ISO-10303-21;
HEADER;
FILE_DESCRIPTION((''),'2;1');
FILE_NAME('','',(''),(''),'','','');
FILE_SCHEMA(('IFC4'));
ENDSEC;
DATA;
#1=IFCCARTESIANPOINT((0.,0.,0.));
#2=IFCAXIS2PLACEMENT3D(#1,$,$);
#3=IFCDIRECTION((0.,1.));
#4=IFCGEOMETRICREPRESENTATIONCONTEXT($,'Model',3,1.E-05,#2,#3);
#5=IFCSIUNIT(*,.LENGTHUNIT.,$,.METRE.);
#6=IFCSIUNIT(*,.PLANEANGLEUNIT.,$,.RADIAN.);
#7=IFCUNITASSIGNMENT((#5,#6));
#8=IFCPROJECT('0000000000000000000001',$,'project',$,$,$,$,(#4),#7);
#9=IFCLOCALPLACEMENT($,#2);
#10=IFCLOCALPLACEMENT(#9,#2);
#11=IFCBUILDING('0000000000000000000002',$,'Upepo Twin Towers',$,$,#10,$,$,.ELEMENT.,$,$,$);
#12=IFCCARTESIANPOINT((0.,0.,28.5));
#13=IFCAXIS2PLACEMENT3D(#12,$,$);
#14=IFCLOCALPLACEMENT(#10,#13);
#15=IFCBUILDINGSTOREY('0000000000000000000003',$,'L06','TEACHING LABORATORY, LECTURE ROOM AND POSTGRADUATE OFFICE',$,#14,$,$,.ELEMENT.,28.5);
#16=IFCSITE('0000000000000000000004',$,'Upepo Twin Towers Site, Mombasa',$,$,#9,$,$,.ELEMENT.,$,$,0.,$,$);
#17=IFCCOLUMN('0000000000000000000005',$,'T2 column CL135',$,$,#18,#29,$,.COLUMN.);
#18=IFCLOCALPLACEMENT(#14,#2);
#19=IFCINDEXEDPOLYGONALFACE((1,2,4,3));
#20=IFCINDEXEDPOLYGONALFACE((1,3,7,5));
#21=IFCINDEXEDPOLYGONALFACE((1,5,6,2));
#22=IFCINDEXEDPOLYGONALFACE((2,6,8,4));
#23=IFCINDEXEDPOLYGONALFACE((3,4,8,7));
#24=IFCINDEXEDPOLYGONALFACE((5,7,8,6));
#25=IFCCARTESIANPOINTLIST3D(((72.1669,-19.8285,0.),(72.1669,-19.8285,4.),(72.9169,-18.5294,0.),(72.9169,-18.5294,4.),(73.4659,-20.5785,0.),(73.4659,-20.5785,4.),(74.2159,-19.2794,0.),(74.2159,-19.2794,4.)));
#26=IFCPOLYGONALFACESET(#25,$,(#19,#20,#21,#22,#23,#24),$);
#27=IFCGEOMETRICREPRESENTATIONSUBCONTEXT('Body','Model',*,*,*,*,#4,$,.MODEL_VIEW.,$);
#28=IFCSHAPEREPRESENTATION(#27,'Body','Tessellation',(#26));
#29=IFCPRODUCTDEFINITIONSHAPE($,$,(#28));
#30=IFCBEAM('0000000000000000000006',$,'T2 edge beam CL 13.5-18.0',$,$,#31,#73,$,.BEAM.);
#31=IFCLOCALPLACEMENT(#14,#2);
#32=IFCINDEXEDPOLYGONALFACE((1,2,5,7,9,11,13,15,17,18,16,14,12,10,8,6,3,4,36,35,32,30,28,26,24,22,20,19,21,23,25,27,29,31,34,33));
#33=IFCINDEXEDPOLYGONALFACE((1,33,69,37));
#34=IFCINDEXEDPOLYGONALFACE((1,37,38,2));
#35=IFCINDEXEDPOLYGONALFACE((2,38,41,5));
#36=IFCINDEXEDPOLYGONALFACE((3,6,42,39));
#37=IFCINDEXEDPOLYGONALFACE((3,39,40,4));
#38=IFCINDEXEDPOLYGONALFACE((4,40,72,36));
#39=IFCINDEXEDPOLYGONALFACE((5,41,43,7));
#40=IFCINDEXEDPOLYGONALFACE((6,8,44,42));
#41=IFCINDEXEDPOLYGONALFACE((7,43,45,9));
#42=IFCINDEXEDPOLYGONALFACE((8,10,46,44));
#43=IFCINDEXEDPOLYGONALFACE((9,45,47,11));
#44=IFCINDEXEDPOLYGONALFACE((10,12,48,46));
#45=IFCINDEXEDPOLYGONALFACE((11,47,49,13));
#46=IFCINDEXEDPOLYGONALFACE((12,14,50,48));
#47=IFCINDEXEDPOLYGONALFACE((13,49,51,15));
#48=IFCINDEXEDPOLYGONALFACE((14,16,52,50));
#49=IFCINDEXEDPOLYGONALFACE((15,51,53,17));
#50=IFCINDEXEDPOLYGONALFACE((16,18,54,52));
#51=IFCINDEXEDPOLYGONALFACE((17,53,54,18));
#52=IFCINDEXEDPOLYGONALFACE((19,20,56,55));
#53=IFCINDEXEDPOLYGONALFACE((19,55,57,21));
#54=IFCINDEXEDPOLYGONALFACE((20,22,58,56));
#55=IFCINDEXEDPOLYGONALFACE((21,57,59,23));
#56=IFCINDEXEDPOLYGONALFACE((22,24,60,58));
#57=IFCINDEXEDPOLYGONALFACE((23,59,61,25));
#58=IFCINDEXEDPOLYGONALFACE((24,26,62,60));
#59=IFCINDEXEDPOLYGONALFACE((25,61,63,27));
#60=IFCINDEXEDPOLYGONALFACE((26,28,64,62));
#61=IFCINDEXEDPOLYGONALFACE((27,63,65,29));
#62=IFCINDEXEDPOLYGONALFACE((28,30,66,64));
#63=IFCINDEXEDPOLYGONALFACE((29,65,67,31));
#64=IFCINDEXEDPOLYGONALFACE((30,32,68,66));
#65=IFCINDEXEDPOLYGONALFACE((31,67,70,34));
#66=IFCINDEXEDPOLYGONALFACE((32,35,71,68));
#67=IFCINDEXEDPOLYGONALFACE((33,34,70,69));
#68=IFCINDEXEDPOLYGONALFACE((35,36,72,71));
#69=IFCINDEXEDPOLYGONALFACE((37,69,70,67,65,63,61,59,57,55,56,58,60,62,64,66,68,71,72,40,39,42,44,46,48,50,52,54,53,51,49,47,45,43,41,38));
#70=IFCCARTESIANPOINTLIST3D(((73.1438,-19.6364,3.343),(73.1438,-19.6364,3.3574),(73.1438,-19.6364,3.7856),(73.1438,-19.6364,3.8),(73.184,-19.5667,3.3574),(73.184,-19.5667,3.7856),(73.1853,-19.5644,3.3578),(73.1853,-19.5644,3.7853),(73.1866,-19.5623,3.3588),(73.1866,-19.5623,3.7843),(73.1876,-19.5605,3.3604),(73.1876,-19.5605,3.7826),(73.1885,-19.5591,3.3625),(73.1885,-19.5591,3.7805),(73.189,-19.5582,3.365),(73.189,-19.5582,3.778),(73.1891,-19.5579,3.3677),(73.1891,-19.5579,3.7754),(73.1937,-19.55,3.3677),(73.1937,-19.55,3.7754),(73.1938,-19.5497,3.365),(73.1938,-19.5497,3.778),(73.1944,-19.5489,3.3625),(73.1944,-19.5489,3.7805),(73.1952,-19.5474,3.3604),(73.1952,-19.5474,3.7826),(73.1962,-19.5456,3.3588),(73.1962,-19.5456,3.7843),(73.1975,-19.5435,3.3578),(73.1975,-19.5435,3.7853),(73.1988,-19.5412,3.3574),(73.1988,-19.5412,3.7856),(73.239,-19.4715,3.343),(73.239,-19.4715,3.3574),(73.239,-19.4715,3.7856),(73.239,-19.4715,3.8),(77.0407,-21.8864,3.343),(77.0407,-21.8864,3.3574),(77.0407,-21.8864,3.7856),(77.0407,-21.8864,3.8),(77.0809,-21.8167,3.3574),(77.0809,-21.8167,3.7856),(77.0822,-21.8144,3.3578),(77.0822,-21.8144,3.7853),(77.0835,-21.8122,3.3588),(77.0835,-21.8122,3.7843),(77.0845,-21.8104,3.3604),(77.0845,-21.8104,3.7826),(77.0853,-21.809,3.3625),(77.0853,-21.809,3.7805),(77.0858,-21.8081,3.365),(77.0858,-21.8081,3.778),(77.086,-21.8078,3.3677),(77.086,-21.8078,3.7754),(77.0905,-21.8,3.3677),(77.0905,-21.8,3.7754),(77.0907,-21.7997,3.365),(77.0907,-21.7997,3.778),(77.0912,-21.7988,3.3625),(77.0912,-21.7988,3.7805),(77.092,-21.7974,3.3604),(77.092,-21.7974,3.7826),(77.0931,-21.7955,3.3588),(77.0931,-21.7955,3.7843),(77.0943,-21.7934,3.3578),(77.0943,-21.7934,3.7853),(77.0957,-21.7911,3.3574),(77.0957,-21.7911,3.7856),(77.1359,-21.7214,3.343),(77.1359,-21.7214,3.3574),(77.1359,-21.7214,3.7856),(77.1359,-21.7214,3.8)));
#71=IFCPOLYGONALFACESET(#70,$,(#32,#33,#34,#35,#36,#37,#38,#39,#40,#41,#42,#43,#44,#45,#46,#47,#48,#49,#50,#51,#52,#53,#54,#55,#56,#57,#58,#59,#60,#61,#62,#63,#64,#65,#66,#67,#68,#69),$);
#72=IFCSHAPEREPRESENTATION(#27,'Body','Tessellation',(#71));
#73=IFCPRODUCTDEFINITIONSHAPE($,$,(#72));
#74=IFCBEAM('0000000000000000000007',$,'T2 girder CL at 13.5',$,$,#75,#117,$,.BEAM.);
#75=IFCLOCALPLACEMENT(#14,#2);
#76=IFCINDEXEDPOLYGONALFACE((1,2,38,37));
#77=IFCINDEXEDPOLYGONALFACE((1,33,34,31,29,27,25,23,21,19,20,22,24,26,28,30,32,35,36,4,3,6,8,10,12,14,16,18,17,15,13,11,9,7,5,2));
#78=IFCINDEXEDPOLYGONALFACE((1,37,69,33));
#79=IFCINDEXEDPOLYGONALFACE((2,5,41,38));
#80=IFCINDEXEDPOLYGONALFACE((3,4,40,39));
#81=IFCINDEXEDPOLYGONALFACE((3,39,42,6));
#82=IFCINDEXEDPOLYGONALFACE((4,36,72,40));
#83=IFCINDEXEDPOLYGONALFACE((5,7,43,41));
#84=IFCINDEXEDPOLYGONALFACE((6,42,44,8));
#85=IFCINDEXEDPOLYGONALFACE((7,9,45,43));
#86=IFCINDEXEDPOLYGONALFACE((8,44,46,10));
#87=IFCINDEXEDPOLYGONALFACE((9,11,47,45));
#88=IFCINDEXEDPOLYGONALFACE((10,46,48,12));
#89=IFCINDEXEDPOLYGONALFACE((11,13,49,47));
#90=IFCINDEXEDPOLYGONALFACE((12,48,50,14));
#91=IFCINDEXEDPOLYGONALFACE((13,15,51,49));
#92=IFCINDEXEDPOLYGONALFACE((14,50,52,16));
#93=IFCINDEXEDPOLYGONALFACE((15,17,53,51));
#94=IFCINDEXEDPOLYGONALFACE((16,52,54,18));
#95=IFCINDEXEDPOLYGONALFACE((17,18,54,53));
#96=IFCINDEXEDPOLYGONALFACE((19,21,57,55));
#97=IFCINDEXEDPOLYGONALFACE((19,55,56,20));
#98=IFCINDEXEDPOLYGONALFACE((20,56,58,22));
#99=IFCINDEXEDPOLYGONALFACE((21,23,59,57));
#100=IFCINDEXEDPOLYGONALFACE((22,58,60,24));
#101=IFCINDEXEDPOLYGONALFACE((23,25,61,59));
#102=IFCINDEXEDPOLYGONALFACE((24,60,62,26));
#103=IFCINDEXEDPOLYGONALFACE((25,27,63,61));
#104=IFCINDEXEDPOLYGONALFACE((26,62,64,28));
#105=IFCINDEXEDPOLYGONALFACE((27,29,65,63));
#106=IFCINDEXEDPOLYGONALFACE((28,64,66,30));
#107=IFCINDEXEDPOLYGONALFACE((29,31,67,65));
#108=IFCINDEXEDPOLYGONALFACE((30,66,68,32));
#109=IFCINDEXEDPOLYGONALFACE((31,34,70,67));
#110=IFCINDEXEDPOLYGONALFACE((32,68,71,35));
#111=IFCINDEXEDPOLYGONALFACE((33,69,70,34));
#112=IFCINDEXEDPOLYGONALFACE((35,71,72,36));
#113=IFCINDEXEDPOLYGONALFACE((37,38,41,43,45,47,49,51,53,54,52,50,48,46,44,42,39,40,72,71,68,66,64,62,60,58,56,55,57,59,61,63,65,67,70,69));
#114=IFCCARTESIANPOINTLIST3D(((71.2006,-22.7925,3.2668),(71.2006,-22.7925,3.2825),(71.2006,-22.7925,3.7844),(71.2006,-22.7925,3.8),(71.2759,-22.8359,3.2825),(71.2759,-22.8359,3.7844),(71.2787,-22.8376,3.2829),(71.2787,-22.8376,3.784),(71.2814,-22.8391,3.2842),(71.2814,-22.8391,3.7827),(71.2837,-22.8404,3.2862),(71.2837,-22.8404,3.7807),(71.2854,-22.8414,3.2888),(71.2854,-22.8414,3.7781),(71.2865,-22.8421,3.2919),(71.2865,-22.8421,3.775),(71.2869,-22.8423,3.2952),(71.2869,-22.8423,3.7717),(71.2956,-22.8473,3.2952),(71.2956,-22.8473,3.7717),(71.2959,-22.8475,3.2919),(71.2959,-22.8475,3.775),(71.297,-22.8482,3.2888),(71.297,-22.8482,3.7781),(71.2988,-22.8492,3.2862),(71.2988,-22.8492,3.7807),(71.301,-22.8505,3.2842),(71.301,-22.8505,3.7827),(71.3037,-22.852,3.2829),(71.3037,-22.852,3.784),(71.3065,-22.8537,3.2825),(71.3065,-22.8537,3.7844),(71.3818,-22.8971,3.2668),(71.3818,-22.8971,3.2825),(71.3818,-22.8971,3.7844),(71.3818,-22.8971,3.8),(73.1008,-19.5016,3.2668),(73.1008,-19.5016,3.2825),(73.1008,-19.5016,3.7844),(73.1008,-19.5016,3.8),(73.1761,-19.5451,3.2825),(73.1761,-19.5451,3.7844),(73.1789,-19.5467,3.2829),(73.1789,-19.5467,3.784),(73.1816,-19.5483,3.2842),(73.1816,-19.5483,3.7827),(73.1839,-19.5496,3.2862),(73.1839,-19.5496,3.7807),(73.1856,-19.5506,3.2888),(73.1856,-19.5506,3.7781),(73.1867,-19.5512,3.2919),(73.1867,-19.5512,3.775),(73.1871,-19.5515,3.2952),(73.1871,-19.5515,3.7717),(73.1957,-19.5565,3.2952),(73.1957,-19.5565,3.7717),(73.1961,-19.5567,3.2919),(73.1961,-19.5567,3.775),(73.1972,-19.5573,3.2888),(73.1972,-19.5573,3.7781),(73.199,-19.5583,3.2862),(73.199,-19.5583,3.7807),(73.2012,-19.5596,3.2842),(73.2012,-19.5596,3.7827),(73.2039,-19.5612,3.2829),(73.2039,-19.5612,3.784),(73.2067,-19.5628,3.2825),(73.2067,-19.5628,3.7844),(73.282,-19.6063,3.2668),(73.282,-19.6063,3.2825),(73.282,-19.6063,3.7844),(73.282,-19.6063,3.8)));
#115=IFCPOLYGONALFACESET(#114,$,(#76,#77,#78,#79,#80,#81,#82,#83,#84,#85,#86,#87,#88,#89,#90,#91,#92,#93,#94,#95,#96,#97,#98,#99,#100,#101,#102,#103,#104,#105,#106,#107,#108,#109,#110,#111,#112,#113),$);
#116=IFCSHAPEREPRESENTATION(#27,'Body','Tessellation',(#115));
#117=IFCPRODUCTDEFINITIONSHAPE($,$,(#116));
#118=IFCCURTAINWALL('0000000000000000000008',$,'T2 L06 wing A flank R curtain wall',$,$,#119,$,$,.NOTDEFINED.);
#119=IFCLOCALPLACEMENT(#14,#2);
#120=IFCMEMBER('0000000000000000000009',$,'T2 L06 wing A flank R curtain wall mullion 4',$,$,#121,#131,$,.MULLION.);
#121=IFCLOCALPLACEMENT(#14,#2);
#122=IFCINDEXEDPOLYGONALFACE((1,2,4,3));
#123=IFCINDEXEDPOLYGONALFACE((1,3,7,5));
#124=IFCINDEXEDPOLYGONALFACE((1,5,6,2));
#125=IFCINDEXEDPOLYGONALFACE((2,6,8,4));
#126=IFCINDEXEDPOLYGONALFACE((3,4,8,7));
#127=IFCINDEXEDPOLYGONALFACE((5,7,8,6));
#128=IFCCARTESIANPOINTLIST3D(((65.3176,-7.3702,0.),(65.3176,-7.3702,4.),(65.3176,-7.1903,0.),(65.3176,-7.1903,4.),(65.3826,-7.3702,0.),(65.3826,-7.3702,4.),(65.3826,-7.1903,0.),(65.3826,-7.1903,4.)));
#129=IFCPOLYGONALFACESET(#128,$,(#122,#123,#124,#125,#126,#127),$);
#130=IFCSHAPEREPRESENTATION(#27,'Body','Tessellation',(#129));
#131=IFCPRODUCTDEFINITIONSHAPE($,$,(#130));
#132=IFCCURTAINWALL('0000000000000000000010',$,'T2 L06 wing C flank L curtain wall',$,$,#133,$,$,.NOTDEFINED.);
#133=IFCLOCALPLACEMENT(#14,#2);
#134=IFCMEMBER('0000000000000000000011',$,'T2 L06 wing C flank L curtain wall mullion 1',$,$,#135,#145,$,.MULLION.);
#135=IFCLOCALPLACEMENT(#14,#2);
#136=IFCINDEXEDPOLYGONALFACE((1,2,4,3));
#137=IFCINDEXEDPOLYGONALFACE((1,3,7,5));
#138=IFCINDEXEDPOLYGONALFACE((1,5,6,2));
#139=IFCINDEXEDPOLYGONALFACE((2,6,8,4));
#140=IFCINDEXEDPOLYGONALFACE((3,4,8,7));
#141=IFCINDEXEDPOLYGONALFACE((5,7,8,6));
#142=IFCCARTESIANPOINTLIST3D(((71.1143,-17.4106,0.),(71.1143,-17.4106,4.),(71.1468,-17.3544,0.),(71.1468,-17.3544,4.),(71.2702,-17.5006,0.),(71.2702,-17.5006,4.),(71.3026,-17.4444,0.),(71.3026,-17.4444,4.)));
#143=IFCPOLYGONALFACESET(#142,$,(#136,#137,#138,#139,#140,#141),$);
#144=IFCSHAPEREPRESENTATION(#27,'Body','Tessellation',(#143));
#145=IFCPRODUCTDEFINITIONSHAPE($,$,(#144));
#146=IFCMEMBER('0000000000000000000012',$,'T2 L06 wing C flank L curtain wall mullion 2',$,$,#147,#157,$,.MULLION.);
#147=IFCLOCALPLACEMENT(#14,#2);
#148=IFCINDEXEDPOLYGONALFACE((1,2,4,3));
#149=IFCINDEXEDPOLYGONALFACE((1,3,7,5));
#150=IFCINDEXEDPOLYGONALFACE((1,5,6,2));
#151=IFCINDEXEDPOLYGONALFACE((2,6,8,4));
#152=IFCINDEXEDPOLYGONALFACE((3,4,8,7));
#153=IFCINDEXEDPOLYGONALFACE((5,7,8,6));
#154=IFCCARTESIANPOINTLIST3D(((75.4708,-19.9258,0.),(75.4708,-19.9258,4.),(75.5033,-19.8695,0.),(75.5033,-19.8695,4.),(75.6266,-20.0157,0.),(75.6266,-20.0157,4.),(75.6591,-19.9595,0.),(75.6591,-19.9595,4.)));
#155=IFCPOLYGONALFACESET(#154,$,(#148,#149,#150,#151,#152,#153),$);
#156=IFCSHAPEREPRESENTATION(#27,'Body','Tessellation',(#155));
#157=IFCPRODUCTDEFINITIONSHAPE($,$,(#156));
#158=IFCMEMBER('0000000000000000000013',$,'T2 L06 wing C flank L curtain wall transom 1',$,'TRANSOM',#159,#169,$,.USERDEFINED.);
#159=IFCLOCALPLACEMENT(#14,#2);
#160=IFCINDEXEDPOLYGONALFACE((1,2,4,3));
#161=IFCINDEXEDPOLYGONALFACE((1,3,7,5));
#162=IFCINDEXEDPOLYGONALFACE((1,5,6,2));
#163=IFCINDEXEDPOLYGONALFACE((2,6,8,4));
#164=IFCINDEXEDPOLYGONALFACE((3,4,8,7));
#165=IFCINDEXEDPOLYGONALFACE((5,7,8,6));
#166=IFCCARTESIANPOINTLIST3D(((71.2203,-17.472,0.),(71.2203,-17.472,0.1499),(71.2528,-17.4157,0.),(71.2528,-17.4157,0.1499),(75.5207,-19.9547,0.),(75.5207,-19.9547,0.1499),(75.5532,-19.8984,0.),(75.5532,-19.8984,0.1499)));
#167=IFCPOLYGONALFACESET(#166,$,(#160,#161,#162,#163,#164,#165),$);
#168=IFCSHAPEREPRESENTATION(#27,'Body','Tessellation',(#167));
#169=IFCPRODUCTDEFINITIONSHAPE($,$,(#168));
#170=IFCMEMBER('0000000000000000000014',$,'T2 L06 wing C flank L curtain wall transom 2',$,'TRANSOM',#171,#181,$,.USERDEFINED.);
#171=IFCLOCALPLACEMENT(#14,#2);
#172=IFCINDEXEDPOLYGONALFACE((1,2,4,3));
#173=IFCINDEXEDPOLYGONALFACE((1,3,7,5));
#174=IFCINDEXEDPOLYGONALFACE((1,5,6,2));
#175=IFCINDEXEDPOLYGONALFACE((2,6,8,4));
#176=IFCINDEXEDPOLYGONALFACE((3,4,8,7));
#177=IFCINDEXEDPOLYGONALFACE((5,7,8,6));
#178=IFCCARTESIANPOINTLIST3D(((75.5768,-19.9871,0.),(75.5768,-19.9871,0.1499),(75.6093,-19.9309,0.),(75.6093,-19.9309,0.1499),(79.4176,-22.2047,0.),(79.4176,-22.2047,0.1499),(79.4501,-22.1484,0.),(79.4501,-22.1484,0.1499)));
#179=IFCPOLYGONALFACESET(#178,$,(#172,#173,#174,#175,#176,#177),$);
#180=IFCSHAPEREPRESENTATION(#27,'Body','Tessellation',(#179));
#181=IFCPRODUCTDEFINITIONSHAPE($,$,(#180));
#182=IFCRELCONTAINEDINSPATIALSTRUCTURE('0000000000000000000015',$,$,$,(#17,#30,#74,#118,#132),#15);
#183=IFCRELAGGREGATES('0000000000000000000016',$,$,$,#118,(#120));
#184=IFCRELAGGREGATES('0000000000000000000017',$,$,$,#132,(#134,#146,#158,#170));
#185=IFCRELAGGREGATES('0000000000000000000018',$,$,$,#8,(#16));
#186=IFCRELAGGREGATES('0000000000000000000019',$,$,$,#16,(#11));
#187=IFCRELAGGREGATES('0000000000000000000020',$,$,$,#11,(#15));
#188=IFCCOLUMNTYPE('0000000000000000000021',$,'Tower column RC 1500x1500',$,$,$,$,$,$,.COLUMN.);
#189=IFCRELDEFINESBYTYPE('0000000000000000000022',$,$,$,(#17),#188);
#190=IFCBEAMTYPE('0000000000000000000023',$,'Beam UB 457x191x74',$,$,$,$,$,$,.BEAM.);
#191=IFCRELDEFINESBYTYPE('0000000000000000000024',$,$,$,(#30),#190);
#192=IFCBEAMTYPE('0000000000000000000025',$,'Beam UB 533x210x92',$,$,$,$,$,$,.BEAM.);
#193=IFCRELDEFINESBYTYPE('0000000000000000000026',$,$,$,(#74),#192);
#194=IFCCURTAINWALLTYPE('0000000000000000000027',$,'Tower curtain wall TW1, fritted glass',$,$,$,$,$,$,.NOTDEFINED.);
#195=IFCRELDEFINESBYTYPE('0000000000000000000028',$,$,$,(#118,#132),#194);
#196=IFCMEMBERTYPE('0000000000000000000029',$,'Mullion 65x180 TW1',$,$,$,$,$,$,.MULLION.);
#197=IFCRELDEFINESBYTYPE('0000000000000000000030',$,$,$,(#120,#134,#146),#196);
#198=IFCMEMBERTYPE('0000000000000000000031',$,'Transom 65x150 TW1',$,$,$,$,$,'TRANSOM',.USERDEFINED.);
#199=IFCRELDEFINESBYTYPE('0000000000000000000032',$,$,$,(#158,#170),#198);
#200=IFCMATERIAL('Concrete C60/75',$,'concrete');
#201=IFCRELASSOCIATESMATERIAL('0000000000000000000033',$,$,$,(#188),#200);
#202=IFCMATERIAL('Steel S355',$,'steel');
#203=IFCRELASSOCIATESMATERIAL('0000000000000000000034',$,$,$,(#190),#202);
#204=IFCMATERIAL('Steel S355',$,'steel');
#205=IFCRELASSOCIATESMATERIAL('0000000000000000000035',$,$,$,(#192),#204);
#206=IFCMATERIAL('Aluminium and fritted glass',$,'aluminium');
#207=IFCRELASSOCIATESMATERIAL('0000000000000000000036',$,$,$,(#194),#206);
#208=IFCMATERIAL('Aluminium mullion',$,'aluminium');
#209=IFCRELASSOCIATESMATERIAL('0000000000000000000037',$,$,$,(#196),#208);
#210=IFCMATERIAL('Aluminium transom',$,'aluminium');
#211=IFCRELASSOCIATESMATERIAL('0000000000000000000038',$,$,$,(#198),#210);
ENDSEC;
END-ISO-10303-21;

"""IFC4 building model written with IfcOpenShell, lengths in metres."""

from ifc_helpers import new_model, si_unit, direction, frame, origin, origin_2d, place, context, subcontext, project, spatial, rectangle, i_section, extrude, material, material_profile, profile_set, type_object, element, aggregate, save


model = new_model("IFC4")

# Units and contexts
model_context = context("Model", 3, precision=1e-05, world=origin(), true_north=direction((0.0, 1.0)))
body_context = subcontext(model_context, "Body", "Model", "MODEL_VIEW")
ifc_project = project(units=[si_unit("LENGTHUNIT", "METRE"), si_unit("PLANEANGLEUNIT", "RADIAN")], contexts=[model_context])

# Site, building, storey
site_placement = place(None, origin())
site = spatial("IfcSite", under=ifc_project, at=site_placement, Name="Upepo Twin Towers Site, Mombasa", CompositionType="ELEMENT", RefElevation=0.0)
building_placement = place(site_placement, origin())
building = spatial("IfcBuilding", under=site, at=building_placement, Name="Upepo Twin Towers", CompositionType="ELEMENT")
storey_placement = place(building_placement, frame((0.0, 0.0, 28.5)))
storey = spatial("IfcBuildingStorey", under=building, at=storey_placement, Name="L06", Description="TEACHING LABORATORY, LECTURE ROOM AND POSTGRADUATE OFFICE", CompositionType="ELEMENT", Elevation=28.5)

# Column
ifc_material_1 = material(Name="Concrete C60/75", Category="concrete")
ifc_material_profile_1 = material_profile(ifc_material_1, rectangle(XDim=1.5, YDim=1.5, at=origin_2d()), Name="RC 1500x1500")
ifc_profile_set_1 = profile_set([ifc_material_profile_1], Name="Concrete C60/75")
column_type = type_object("IfcColumnType", Name="Tower column RC 1500x1500", PredefinedType="COLUMN", material=ifc_profile_set_1)
column_placement = place(storey_placement, frame((73.1914, -19.554, 0.0), z_axis=(0.0, 0.0, 1.0), x_axis=(0.5, 0.866025, 0.0)))
element("IfcColumn", 1, at=column_placement, inside=storey, type_object=column_type, Name="T2 column CL135", PredefinedType="COLUMN", context=body_context, shape_type="SweptSolid", body=[
    extrude(rectangle(XDim=1.5, YDim=1.5, at=origin_2d()), origin(), (0.0, 0.0, 1.0), 4.0),
])

# Beams
ifc_material_2 = material(Name="Steel S355", Category="steel")
ifc_material_profile_2 = material_profile(ifc_material_2, i_section(OverallWidth=0.1904, OverallDepth=0.457, WebThickness=0.009, FlangeThickness=0.0144, FilletRadius=0.0103, at=origin_2d()), Name="UB 457x191x74")
ifc_profile_set_2 = profile_set([ifc_material_profile_2], Name="Steel S355")
beam_type_1 = type_object("IfcBeamType", Name="Beam UB 457x191x74", PredefinedType="BEAM", material=ifc_profile_set_2)
beam_1_placement = place(storey_placement, frame((73.1914, -19.554, 3.5715), z_axis=(0.866018, -0.500014, 0.0), x_axis=(0.500014, 0.866018, 0.0)))
element("IfcBeam", 2, at=beam_1_placement, inside=storey, type_object=beam_type_1, Name="T2 edge beam CL 13.5-18.0", PredefinedType="BEAM", context=body_context, shape_type="SweptSolid", body=[
    extrude(i_section(OverallWidth=0.1904, OverallDepth=0.457, WebThickness=0.009, FlangeThickness=0.0144, FilletRadius=0.0103, at=origin_2d()), origin(), (0.0, 0.0, 1.0), 4.4998),
])
ifc_material_3 = material(Name="Steel S355", Category="steel")
ifc_material_profile_3 = material_profile(ifc_material_3, i_section(OverallWidth=0.2092, OverallDepth=0.5332, WebThickness=0.01, FlangeThickness=0.0156, FilletRadius=0.0127, at=origin_2d()), Name="UB 533x210x92")
ifc_profile_set_3 = profile_set([ifc_material_profile_3], Name="Steel S355")
beam_type_2 = type_object("IfcBeamType", Name="Beam UB 533x210x92", PredefinedType="BEAM", material=ifc_profile_set_3)
beam_2_placement = place(storey_placement, frame((73.1914, -19.554, 3.5334), z_axis=(-0.500043, -0.866, 0.0), x_axis=(0.866, -0.500043, 0.0)))
element("IfcBeam", 3, at=beam_2_placement, inside=storey, type_object=beam_type_2, Name="T2 girder CL at 13.5", PredefinedType="BEAM", context=body_context, shape_type="SweptSolid", body=[
    extrude(i_section(OverallWidth=0.2092, OverallDepth=0.5332, WebThickness=0.01, FlangeThickness=0.0156, FilletRadius=0.0127, at=origin_2d()), origin(), (0.0, 0.0, 1.0), 3.8),
])

# Curtain wall, member
ifc_material_4 = material(Name="Aluminium and fritted glass", Category="aluminium")
curtain_wall_type = type_object("IfcCurtainWallType", Name="Tower curtain wall TW1, fritted glass", PredefinedType="NOTDEFINED", material=ifc_material_4)
curtain_wall_1_placement = place(storey_placement, origin())
curtain_wall_1 = element("IfcCurtainWall", 4, at=curtain_wall_1_placement, inside=storey, type_object=curtain_wall_type, Name="T2 L06 wing A flank R curtain wall", PredefinedType="NOTDEFINED")
ifc_material_5 = material(Name="Aluminium mullion", Category="aluminium")
ifc_material_profile_4 = material_profile(ifc_material_5, rectangle(XDim=0.0649, YDim=0.1799, at=origin_2d()), Name="MULLION 65x180")
ifc_profile_set_4 = profile_set([ifc_material_profile_4], Name="Aluminium mullion")
member_type_1 = type_object("IfcMemberType", Name="Mullion 65x180 TW1", PredefinedType="MULLION", material=ifc_profile_set_4)
member_1_placement = place(storey_placement, frame((65.3501, -7.2803, 0.0), z_axis=(0.0, 0.0, 1.0), x_axis=(1.0, 0.0, 0.0)))
member_1 = element("IfcMember", 5, at=member_1_placement, type_object=member_type_1, Name="T2 L06 wing A flank R curtain wall mullion 4", PredefinedType="MULLION", context=body_context, shape_type="SweptSolid", body=[
    extrude(rectangle(XDim=0.0649, YDim=0.1799, at=origin_2d()), origin(), (0.0, 0.0, 1.0), 4.0),
])

# Curtain wall, members
curtain_wall_2_placement = place(storey_placement, origin())
curtain_wall_2 = element("IfcCurtainWall", 6, at=curtain_wall_2_placement, inside=storey, type_object=curtain_wall_type, Name="T2 L06 wing C flank L curtain wall", PredefinedType="NOTDEFINED")
member_2_placement = place(storey_placement, frame((71.2085, -17.4275, 0.0), z_axis=(0.0, 0.0, 1.0), x_axis=(0.5, 0.866025, 0.0)))
member_2 = element("IfcMember", 7, at=member_2_placement, type_object=member_type_1, Name="T2 L06 wing C flank L curtain wall mullion 1", PredefinedType="MULLION", context=body_context, shape_type="SweptSolid", body=[
    extrude(rectangle(XDim=0.0649, YDim=0.1799, at=origin_2d()), origin(), (0.0, 0.0, 1.0), 4.0),
])
member_3_placement = place(storey_placement, frame((75.5649, -19.9426, 0.0), z_axis=(0.0, 0.0, 1.0), x_axis=(0.5, 0.866025, 0.0)))
member_3 = element("IfcMember", 8, at=member_3_placement, type_object=member_type_1, Name="T2 L06 wing C flank L curtain wall mullion 2", PredefinedType="MULLION", context=body_context, shape_type="SweptSolid", body=[
    extrude(rectangle(XDim=0.0649, YDim=0.1799, at=origin_2d()), origin(), (0.0, 0.0, 1.0), 4.0),
])
ifc_material_6 = material(Name="Aluminium transom", Category="aluminium")
ifc_material_profile_5 = material_profile(ifc_material_6, rectangle(XDim=0.0649, YDim=0.1499, at=origin_2d()), Name="TRANSOM 65x150")
ifc_profile_set_5 = profile_set([ifc_material_profile_5], Name="Aluminium transom")
member_type_2 = type_object("IfcMemberType", Name="Transom 65x150 TW1", ElementType="TRANSOM", PredefinedType="USERDEFINED", material=ifc_profile_set_5)
member_4_placement = place(storey_placement, frame((71.2366, -17.4438, 0.075), z_axis=(0.866035, -0.499983, 0.0), x_axis=(0.499983, 0.866035, 0.0)))
member_4 = element("IfcMember", 9, at=member_4_placement, type_object=member_type_2, Name="T2 L06 wing C flank L curtain wall transom 1", ObjectType="TRANSOM", PredefinedType="USERDEFINED", context=body_context, shape_type="SweptSolid", body=[
    extrude(rectangle(XDim=0.0649, YDim=0.1499, at=origin_2d()), origin(), (0.0, 0.0, 1.0), 4.9656),
])
member_5_placement = place(storey_placement, frame((75.593, -19.959, 0.075), z_axis=(0.866022, -0.500005, 0.0), x_axis=(0.500005, 0.866022, 0.0)))
member_5 = element("IfcMember", 10, at=member_5_placement, type_object=member_type_2, Name="T2 L06 wing C flank L curtain wall transom 2", ObjectType="TRANSOM", PredefinedType="USERDEFINED", context=body_context, shape_type="SweptSolid", body=[
    extrude(rectangle(XDim=0.0649, YDim=0.1499, at=origin_2d()), origin(), (0.0, 0.0, 1.0), 4.4351),
])

aggregate(curtain_wall_1, [member_1])
aggregate(curtain_wall_2, [member_2, member_3, member_4, member_5])

save(model, "model.ifc")
